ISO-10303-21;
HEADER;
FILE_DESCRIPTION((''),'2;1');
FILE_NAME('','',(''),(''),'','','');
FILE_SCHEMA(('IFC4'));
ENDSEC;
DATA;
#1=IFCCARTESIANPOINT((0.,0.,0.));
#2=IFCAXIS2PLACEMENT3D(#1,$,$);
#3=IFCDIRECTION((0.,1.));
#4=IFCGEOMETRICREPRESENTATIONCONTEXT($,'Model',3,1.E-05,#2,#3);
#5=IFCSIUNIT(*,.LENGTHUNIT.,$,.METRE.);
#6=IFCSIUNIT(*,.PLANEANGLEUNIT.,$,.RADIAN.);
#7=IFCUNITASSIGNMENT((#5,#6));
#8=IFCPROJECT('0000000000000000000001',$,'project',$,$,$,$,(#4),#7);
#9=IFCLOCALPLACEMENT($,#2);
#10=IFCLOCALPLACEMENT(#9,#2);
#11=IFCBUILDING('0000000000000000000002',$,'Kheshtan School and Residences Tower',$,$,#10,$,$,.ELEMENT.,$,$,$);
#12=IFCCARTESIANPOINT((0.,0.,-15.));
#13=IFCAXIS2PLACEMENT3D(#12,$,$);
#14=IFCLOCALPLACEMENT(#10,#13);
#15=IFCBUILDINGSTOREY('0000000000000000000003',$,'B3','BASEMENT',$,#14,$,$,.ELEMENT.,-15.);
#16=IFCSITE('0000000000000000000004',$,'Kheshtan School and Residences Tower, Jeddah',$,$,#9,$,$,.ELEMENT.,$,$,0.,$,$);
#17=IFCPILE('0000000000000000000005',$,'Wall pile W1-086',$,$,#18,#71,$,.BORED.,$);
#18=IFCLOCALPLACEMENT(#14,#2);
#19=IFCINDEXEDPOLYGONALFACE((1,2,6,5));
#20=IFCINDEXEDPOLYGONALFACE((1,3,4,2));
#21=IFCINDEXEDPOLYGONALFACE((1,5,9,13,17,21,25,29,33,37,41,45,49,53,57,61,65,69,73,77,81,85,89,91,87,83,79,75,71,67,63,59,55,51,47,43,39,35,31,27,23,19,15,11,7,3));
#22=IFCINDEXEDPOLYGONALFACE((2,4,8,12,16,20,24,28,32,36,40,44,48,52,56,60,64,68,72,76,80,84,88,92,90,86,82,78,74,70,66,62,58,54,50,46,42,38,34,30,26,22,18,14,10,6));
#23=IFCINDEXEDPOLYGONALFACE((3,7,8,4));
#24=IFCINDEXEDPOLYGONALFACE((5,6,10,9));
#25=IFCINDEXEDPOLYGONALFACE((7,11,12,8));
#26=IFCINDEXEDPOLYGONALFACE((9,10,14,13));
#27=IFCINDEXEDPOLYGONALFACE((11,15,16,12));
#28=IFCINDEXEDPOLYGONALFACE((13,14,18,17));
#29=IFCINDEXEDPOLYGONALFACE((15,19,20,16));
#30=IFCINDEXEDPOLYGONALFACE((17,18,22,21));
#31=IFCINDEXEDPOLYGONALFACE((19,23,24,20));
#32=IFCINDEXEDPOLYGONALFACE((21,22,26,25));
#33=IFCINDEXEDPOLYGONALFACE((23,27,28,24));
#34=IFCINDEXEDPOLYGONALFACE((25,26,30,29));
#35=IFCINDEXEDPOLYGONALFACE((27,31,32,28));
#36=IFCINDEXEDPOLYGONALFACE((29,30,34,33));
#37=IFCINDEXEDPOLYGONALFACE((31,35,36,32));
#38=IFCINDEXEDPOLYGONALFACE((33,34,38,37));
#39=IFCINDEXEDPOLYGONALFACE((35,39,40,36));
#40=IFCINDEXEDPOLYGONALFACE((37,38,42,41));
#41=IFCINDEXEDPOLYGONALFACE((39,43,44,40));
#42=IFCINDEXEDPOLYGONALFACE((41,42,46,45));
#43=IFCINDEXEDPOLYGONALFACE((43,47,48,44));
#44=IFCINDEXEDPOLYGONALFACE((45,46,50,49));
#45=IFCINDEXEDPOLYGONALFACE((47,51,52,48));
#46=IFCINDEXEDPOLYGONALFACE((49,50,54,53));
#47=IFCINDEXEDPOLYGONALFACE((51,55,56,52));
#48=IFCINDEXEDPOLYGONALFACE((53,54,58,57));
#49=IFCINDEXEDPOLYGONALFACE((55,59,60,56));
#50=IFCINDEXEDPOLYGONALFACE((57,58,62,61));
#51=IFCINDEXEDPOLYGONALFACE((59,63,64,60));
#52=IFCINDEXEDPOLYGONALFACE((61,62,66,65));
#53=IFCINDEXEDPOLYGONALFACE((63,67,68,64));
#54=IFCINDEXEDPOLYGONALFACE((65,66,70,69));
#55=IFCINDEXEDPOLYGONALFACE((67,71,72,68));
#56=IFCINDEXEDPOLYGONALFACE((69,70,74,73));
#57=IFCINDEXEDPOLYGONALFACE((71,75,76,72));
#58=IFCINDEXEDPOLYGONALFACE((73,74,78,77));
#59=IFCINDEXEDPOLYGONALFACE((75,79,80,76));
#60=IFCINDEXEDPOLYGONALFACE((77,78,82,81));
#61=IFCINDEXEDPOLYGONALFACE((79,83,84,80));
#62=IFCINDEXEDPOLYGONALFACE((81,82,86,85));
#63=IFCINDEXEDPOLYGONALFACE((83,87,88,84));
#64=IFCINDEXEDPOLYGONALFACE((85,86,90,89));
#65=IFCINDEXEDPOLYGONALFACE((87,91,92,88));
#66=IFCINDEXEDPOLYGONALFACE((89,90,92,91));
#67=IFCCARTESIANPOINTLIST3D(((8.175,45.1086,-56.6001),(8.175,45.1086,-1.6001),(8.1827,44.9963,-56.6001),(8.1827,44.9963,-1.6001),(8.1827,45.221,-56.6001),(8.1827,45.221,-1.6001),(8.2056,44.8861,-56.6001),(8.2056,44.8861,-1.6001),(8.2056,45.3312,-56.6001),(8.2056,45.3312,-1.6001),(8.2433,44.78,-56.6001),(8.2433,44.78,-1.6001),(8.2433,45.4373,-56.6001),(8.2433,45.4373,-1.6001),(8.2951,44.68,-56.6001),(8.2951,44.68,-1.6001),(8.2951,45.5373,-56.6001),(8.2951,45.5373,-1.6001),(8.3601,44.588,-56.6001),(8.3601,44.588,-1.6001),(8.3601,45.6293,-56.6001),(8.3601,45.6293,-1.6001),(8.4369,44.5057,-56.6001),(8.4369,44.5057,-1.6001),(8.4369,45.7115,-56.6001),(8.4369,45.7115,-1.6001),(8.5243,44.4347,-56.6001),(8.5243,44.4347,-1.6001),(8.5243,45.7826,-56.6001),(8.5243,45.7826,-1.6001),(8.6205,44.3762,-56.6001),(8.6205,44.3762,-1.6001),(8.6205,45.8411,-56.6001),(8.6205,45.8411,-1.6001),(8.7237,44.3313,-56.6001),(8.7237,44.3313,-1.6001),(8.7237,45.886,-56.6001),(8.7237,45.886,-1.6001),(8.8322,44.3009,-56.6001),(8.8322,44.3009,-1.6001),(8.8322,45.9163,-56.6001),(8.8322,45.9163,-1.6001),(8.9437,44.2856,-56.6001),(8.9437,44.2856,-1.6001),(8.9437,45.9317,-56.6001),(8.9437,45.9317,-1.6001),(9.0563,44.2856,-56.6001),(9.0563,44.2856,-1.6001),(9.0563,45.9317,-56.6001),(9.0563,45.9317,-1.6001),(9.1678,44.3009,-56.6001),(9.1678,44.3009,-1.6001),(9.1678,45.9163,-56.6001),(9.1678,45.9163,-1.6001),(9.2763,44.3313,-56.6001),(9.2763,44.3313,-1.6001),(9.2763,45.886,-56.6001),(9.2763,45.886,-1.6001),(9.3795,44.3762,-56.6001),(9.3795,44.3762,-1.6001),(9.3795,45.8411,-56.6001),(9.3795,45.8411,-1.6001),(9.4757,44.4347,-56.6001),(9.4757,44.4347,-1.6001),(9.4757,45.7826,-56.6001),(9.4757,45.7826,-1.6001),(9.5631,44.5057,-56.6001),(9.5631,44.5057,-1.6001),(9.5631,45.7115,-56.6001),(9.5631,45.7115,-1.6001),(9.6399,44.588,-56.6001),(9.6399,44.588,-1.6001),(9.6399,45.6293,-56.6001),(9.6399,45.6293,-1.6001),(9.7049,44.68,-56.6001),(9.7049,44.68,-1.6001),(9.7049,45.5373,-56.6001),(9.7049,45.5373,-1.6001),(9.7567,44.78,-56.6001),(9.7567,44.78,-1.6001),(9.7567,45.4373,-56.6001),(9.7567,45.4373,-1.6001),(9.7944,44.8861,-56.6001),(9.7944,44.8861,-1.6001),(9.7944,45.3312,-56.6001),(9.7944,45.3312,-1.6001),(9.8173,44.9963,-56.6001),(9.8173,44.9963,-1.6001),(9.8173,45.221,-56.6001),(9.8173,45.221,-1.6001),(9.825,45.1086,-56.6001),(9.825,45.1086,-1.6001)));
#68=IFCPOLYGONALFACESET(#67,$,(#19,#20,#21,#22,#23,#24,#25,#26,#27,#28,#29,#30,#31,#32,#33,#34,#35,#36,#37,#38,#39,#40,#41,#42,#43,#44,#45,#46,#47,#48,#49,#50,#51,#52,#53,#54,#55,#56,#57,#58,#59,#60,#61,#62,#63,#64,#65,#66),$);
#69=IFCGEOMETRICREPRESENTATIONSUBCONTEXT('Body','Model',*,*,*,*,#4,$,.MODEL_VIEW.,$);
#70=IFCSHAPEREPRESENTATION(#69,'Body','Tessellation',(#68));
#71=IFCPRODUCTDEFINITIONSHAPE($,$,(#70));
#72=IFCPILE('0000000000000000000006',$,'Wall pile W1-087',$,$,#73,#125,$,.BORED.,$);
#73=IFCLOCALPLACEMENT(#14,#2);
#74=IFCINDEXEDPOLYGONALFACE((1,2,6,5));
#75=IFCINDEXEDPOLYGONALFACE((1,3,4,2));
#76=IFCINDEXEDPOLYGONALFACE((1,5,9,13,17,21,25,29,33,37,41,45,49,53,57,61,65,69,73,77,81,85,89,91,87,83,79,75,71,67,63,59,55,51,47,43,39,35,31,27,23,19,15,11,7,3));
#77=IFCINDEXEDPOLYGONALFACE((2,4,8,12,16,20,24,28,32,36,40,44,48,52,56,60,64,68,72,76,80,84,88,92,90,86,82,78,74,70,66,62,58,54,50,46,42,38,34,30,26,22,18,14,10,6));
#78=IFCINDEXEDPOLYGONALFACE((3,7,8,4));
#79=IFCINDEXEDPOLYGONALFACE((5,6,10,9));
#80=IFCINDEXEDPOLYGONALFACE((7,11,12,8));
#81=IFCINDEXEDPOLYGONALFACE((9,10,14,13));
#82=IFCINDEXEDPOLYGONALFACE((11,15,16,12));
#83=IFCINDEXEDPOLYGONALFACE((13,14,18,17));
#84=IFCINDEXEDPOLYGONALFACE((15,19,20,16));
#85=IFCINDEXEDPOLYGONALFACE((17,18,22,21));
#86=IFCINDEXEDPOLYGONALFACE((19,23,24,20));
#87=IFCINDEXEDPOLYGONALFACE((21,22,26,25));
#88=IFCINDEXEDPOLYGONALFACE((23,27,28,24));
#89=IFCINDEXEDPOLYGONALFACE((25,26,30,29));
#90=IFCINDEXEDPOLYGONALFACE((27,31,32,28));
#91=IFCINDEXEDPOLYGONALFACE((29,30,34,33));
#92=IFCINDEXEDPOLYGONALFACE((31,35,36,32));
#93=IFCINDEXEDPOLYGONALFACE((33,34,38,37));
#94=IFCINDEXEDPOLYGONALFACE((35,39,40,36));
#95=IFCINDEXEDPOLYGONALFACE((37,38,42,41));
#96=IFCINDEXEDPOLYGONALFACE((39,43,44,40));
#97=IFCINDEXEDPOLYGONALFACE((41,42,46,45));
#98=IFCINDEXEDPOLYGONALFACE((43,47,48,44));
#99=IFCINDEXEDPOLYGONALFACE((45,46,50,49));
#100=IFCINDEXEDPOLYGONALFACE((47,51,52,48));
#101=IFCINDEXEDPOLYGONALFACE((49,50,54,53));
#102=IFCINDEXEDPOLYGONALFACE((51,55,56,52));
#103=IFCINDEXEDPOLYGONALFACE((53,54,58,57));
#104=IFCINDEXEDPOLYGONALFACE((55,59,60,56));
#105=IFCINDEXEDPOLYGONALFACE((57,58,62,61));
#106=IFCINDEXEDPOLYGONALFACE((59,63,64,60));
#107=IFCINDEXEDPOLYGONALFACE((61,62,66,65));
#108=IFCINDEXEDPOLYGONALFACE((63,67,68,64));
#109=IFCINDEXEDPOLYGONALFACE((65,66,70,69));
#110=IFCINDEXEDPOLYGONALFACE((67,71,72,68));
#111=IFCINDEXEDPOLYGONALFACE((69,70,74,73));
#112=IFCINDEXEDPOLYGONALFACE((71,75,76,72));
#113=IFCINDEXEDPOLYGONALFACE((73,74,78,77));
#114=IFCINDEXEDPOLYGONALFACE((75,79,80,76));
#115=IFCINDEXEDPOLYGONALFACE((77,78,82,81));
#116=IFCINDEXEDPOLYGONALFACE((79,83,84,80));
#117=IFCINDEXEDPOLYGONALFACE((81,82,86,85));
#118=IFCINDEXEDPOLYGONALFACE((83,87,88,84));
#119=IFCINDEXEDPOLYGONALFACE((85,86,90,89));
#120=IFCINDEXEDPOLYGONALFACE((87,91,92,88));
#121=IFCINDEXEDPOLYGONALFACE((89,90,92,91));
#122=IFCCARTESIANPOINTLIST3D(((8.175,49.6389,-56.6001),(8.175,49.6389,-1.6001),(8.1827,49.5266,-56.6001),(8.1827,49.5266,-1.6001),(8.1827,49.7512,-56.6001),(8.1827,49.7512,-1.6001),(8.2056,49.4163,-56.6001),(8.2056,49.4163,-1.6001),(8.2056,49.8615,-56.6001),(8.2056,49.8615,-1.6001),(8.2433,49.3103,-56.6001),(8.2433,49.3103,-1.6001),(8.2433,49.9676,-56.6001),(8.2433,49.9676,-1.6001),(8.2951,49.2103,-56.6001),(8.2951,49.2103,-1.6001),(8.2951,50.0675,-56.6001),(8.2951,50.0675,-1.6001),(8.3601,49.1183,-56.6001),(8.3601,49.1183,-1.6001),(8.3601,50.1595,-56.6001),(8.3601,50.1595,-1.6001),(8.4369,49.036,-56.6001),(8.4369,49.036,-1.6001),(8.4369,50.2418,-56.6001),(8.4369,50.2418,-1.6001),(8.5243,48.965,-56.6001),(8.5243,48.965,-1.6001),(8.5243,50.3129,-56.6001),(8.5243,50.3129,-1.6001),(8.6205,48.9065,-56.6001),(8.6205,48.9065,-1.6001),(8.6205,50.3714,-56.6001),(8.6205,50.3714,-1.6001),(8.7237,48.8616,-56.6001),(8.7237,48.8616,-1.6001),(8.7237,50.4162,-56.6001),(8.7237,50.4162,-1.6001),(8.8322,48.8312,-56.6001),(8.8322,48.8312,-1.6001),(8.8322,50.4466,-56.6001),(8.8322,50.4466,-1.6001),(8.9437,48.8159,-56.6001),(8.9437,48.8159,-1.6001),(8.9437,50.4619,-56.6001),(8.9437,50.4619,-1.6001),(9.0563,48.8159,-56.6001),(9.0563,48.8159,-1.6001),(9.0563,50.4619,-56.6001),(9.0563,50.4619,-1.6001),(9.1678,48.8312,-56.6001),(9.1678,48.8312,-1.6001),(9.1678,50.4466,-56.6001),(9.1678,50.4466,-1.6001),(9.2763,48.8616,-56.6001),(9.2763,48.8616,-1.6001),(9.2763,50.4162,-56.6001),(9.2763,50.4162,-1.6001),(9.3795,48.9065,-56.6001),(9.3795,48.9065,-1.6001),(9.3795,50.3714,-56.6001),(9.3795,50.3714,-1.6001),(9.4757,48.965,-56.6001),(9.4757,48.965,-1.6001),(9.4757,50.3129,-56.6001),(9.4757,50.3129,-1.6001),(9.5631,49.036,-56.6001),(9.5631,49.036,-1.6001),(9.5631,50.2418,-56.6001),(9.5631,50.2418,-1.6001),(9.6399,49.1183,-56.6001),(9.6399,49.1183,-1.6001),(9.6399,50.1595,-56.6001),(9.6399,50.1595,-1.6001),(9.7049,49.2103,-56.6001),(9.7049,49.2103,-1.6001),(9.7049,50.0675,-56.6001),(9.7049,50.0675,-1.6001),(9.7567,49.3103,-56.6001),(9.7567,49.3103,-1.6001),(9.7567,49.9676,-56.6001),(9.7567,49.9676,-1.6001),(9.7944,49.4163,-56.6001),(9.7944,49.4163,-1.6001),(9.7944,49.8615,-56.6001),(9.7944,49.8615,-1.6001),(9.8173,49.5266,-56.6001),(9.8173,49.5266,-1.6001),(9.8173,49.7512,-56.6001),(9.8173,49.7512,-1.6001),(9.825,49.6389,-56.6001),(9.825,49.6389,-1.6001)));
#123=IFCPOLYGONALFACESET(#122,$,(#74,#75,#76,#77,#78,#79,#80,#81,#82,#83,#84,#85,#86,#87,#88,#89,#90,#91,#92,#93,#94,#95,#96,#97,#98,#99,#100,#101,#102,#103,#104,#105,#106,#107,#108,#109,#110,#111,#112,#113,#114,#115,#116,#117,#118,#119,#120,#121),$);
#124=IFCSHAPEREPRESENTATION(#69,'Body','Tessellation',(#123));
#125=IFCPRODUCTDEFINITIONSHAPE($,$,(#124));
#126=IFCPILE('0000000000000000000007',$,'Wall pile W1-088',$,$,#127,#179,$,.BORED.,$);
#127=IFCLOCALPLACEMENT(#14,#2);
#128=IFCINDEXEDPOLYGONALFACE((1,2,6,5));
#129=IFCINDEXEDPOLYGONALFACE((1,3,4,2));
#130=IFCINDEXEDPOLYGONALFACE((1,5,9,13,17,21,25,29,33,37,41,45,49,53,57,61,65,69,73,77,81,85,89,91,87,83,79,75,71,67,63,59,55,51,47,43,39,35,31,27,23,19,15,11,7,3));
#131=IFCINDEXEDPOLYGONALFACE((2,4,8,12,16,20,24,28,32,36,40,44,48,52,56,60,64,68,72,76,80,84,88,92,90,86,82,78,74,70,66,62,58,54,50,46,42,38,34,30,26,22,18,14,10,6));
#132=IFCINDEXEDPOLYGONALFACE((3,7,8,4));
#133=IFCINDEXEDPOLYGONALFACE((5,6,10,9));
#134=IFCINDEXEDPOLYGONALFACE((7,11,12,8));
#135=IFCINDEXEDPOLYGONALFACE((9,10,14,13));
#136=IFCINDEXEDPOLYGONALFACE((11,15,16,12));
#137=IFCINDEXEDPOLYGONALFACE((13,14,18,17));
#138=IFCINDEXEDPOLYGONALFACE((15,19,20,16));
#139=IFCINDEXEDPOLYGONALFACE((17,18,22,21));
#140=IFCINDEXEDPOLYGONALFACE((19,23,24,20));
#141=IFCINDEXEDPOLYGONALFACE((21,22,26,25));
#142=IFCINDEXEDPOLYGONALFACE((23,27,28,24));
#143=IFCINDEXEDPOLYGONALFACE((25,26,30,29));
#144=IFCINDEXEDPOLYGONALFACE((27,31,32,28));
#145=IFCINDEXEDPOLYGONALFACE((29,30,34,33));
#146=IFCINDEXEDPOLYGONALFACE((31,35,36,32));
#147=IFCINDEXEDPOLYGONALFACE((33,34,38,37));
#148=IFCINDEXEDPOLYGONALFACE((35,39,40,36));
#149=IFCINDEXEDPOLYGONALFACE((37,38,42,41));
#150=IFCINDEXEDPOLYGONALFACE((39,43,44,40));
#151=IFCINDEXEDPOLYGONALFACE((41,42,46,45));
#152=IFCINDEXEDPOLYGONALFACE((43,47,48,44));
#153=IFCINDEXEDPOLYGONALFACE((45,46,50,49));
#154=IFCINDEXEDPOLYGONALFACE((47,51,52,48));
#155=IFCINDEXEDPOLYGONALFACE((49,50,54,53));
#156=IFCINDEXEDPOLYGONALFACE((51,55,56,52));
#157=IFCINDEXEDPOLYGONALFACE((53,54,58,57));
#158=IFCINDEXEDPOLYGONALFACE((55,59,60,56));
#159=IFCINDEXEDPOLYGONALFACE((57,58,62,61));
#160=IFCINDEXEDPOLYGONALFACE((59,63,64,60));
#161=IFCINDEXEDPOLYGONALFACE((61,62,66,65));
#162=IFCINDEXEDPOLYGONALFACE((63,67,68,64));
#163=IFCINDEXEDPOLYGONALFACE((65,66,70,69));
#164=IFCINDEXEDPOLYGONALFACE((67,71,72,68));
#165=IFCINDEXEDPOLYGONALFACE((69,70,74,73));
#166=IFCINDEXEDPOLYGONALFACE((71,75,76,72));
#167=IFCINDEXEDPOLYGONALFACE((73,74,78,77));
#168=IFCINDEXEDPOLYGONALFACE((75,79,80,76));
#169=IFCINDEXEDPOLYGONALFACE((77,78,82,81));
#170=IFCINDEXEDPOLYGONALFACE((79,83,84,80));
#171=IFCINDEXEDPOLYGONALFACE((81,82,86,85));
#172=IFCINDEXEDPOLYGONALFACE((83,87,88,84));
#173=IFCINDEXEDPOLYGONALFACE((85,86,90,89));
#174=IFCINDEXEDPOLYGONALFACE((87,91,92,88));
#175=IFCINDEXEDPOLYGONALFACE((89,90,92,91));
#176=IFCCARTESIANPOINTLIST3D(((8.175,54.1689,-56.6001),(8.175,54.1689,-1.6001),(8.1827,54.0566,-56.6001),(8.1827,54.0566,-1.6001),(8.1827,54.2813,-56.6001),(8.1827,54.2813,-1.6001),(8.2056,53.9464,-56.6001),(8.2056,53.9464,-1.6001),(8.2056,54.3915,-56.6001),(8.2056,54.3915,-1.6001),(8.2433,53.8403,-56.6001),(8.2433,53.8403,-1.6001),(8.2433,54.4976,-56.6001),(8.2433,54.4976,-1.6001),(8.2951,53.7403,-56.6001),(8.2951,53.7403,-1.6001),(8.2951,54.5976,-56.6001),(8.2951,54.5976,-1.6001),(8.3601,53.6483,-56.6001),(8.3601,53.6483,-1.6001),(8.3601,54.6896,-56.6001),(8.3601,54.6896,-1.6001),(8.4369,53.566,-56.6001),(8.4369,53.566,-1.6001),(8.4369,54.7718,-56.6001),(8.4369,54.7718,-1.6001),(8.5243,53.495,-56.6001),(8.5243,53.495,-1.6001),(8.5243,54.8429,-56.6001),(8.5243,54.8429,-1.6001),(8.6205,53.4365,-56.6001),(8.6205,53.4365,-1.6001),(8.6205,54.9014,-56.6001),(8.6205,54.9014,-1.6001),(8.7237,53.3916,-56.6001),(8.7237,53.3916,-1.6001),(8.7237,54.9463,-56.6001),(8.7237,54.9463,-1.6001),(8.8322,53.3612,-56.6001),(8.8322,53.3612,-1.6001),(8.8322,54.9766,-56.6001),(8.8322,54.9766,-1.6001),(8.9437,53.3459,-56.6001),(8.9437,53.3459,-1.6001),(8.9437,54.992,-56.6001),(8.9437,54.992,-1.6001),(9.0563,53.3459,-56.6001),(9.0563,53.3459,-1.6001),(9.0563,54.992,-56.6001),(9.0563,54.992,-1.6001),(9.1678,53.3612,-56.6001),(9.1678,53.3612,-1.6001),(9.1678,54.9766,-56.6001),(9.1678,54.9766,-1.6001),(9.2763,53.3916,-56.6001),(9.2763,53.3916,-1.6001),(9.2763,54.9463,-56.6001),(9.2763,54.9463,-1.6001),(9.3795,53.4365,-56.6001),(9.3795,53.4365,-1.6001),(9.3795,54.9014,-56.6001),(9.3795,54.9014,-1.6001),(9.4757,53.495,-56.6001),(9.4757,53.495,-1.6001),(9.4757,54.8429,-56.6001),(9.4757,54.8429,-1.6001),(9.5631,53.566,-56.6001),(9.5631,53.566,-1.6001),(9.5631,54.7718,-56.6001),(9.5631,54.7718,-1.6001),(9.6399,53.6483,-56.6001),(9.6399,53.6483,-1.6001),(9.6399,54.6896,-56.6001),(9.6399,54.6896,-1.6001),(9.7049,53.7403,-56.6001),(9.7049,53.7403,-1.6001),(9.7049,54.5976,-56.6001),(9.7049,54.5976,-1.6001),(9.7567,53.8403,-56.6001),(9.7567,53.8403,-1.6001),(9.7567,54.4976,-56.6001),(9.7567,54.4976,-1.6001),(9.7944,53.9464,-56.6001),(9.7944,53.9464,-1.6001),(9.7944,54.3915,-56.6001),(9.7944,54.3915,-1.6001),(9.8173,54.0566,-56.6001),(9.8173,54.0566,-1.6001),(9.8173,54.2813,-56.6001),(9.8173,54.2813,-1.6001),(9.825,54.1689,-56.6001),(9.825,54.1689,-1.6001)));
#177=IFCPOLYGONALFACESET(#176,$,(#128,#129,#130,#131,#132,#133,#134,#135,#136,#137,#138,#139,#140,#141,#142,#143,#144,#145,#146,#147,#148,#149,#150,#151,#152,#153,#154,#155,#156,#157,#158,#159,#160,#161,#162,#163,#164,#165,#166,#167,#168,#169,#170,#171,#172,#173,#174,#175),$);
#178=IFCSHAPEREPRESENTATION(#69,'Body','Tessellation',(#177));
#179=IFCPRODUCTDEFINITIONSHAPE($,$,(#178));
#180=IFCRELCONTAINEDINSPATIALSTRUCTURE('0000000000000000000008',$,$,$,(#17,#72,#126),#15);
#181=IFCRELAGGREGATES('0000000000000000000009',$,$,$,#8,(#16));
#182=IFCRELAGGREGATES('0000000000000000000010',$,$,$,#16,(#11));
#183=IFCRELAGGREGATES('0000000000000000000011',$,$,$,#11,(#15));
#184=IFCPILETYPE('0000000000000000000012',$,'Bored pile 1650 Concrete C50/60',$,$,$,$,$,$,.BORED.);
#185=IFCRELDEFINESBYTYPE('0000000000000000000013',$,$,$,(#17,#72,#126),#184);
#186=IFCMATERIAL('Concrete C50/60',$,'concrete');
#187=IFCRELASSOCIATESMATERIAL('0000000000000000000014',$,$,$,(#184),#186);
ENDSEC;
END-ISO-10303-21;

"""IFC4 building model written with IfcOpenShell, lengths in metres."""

from ifc_helpers import new_model, si_unit, direction, frame, origin, origin_2d, place, context, subcontext, project, spatial, circle, extrude, material, material_profile, profile_set, type_object, element, save


model = new_model("IFC4")

# Units and contexts
model_context = context("Model", 3, precision=1e-05, world=origin(), true_north=direction((0.0, 1.0)))
body_context = subcontext(model_context, "Body", "Model", "MODEL_VIEW")
ifc_project = project(units=[si_unit("LENGTHUNIT", "METRE"), si_unit("PLANEANGLEUNIT", "RADIAN")], contexts=[model_context])

# Site, building, storey
site_placement = place(None, origin())
site = spatial("IfcSite", under=ifc_project, at=site_placement, Name="Kheshtan School and Residences Tower, Jeddah", CompositionType="ELEMENT", RefElevation=0.0)
building_placement = place(site_placement, origin())
building = spatial("IfcBuilding", under=site, at=building_placement, Name="Kheshtan School and Residences Tower", CompositionType="ELEMENT")
storey_placement = place(building_placement, frame((0.0, 0.0, -15.0)))
storey = spatial("IfcBuildingStorey", under=building, at=storey_placement, Name="B3", Description="BASEMENT", CompositionType="ELEMENT", Elevation=-15.0)

# Piles
ifc_material_1 = material(Name="Concrete C50/60", Category="concrete")
ifc_material_profile_1 = material_profile(ifc_material_1, circle(Radius=0.825, at=origin_2d()), Name="BP 1650")
ifc_profile_set_1 = profile_set([ifc_material_profile_1], Name="Concrete C50/60")
pile_type_1 = type_object("IfcPileType", Name="Bored pile 1650 Concrete C50/60", PredefinedType="BORED", material=ifc_profile_set_1)
for number, where, z_axis, x_axis, name in (
    (1, (9.0, 45.1086, -1.6001), (0.0, 0.0, -1.0), (1.0, 0.0, 0.0), "Wall pile W1-086"),
    (2, (9.0, 49.6389, -1.6001), (0.0, 0.0, -1.0), (1.0, 0.0, 0.0), "Wall pile W1-087"),
    (3, (9.0, 54.1689, -1.6001), (0.0, 0.0, -1.0), (1.0, 0.0, 0.0), "Wall pile W1-088"),
):
    element("IfcPile", number, at=place(storey_placement, frame(where, z_axis=z_axis, x_axis=x_axis)), inside=storey, type_object=pile_type_1, Name=name, PredefinedType="BORED", context=body_context, shape_type="SweptSolid", body=[
        extrude(circle(Radius=0.825, at=origin_2d()), origin(), (0.0, 0.0, 1.0), 55.0),
    ])

save(model, "model.ifc")
